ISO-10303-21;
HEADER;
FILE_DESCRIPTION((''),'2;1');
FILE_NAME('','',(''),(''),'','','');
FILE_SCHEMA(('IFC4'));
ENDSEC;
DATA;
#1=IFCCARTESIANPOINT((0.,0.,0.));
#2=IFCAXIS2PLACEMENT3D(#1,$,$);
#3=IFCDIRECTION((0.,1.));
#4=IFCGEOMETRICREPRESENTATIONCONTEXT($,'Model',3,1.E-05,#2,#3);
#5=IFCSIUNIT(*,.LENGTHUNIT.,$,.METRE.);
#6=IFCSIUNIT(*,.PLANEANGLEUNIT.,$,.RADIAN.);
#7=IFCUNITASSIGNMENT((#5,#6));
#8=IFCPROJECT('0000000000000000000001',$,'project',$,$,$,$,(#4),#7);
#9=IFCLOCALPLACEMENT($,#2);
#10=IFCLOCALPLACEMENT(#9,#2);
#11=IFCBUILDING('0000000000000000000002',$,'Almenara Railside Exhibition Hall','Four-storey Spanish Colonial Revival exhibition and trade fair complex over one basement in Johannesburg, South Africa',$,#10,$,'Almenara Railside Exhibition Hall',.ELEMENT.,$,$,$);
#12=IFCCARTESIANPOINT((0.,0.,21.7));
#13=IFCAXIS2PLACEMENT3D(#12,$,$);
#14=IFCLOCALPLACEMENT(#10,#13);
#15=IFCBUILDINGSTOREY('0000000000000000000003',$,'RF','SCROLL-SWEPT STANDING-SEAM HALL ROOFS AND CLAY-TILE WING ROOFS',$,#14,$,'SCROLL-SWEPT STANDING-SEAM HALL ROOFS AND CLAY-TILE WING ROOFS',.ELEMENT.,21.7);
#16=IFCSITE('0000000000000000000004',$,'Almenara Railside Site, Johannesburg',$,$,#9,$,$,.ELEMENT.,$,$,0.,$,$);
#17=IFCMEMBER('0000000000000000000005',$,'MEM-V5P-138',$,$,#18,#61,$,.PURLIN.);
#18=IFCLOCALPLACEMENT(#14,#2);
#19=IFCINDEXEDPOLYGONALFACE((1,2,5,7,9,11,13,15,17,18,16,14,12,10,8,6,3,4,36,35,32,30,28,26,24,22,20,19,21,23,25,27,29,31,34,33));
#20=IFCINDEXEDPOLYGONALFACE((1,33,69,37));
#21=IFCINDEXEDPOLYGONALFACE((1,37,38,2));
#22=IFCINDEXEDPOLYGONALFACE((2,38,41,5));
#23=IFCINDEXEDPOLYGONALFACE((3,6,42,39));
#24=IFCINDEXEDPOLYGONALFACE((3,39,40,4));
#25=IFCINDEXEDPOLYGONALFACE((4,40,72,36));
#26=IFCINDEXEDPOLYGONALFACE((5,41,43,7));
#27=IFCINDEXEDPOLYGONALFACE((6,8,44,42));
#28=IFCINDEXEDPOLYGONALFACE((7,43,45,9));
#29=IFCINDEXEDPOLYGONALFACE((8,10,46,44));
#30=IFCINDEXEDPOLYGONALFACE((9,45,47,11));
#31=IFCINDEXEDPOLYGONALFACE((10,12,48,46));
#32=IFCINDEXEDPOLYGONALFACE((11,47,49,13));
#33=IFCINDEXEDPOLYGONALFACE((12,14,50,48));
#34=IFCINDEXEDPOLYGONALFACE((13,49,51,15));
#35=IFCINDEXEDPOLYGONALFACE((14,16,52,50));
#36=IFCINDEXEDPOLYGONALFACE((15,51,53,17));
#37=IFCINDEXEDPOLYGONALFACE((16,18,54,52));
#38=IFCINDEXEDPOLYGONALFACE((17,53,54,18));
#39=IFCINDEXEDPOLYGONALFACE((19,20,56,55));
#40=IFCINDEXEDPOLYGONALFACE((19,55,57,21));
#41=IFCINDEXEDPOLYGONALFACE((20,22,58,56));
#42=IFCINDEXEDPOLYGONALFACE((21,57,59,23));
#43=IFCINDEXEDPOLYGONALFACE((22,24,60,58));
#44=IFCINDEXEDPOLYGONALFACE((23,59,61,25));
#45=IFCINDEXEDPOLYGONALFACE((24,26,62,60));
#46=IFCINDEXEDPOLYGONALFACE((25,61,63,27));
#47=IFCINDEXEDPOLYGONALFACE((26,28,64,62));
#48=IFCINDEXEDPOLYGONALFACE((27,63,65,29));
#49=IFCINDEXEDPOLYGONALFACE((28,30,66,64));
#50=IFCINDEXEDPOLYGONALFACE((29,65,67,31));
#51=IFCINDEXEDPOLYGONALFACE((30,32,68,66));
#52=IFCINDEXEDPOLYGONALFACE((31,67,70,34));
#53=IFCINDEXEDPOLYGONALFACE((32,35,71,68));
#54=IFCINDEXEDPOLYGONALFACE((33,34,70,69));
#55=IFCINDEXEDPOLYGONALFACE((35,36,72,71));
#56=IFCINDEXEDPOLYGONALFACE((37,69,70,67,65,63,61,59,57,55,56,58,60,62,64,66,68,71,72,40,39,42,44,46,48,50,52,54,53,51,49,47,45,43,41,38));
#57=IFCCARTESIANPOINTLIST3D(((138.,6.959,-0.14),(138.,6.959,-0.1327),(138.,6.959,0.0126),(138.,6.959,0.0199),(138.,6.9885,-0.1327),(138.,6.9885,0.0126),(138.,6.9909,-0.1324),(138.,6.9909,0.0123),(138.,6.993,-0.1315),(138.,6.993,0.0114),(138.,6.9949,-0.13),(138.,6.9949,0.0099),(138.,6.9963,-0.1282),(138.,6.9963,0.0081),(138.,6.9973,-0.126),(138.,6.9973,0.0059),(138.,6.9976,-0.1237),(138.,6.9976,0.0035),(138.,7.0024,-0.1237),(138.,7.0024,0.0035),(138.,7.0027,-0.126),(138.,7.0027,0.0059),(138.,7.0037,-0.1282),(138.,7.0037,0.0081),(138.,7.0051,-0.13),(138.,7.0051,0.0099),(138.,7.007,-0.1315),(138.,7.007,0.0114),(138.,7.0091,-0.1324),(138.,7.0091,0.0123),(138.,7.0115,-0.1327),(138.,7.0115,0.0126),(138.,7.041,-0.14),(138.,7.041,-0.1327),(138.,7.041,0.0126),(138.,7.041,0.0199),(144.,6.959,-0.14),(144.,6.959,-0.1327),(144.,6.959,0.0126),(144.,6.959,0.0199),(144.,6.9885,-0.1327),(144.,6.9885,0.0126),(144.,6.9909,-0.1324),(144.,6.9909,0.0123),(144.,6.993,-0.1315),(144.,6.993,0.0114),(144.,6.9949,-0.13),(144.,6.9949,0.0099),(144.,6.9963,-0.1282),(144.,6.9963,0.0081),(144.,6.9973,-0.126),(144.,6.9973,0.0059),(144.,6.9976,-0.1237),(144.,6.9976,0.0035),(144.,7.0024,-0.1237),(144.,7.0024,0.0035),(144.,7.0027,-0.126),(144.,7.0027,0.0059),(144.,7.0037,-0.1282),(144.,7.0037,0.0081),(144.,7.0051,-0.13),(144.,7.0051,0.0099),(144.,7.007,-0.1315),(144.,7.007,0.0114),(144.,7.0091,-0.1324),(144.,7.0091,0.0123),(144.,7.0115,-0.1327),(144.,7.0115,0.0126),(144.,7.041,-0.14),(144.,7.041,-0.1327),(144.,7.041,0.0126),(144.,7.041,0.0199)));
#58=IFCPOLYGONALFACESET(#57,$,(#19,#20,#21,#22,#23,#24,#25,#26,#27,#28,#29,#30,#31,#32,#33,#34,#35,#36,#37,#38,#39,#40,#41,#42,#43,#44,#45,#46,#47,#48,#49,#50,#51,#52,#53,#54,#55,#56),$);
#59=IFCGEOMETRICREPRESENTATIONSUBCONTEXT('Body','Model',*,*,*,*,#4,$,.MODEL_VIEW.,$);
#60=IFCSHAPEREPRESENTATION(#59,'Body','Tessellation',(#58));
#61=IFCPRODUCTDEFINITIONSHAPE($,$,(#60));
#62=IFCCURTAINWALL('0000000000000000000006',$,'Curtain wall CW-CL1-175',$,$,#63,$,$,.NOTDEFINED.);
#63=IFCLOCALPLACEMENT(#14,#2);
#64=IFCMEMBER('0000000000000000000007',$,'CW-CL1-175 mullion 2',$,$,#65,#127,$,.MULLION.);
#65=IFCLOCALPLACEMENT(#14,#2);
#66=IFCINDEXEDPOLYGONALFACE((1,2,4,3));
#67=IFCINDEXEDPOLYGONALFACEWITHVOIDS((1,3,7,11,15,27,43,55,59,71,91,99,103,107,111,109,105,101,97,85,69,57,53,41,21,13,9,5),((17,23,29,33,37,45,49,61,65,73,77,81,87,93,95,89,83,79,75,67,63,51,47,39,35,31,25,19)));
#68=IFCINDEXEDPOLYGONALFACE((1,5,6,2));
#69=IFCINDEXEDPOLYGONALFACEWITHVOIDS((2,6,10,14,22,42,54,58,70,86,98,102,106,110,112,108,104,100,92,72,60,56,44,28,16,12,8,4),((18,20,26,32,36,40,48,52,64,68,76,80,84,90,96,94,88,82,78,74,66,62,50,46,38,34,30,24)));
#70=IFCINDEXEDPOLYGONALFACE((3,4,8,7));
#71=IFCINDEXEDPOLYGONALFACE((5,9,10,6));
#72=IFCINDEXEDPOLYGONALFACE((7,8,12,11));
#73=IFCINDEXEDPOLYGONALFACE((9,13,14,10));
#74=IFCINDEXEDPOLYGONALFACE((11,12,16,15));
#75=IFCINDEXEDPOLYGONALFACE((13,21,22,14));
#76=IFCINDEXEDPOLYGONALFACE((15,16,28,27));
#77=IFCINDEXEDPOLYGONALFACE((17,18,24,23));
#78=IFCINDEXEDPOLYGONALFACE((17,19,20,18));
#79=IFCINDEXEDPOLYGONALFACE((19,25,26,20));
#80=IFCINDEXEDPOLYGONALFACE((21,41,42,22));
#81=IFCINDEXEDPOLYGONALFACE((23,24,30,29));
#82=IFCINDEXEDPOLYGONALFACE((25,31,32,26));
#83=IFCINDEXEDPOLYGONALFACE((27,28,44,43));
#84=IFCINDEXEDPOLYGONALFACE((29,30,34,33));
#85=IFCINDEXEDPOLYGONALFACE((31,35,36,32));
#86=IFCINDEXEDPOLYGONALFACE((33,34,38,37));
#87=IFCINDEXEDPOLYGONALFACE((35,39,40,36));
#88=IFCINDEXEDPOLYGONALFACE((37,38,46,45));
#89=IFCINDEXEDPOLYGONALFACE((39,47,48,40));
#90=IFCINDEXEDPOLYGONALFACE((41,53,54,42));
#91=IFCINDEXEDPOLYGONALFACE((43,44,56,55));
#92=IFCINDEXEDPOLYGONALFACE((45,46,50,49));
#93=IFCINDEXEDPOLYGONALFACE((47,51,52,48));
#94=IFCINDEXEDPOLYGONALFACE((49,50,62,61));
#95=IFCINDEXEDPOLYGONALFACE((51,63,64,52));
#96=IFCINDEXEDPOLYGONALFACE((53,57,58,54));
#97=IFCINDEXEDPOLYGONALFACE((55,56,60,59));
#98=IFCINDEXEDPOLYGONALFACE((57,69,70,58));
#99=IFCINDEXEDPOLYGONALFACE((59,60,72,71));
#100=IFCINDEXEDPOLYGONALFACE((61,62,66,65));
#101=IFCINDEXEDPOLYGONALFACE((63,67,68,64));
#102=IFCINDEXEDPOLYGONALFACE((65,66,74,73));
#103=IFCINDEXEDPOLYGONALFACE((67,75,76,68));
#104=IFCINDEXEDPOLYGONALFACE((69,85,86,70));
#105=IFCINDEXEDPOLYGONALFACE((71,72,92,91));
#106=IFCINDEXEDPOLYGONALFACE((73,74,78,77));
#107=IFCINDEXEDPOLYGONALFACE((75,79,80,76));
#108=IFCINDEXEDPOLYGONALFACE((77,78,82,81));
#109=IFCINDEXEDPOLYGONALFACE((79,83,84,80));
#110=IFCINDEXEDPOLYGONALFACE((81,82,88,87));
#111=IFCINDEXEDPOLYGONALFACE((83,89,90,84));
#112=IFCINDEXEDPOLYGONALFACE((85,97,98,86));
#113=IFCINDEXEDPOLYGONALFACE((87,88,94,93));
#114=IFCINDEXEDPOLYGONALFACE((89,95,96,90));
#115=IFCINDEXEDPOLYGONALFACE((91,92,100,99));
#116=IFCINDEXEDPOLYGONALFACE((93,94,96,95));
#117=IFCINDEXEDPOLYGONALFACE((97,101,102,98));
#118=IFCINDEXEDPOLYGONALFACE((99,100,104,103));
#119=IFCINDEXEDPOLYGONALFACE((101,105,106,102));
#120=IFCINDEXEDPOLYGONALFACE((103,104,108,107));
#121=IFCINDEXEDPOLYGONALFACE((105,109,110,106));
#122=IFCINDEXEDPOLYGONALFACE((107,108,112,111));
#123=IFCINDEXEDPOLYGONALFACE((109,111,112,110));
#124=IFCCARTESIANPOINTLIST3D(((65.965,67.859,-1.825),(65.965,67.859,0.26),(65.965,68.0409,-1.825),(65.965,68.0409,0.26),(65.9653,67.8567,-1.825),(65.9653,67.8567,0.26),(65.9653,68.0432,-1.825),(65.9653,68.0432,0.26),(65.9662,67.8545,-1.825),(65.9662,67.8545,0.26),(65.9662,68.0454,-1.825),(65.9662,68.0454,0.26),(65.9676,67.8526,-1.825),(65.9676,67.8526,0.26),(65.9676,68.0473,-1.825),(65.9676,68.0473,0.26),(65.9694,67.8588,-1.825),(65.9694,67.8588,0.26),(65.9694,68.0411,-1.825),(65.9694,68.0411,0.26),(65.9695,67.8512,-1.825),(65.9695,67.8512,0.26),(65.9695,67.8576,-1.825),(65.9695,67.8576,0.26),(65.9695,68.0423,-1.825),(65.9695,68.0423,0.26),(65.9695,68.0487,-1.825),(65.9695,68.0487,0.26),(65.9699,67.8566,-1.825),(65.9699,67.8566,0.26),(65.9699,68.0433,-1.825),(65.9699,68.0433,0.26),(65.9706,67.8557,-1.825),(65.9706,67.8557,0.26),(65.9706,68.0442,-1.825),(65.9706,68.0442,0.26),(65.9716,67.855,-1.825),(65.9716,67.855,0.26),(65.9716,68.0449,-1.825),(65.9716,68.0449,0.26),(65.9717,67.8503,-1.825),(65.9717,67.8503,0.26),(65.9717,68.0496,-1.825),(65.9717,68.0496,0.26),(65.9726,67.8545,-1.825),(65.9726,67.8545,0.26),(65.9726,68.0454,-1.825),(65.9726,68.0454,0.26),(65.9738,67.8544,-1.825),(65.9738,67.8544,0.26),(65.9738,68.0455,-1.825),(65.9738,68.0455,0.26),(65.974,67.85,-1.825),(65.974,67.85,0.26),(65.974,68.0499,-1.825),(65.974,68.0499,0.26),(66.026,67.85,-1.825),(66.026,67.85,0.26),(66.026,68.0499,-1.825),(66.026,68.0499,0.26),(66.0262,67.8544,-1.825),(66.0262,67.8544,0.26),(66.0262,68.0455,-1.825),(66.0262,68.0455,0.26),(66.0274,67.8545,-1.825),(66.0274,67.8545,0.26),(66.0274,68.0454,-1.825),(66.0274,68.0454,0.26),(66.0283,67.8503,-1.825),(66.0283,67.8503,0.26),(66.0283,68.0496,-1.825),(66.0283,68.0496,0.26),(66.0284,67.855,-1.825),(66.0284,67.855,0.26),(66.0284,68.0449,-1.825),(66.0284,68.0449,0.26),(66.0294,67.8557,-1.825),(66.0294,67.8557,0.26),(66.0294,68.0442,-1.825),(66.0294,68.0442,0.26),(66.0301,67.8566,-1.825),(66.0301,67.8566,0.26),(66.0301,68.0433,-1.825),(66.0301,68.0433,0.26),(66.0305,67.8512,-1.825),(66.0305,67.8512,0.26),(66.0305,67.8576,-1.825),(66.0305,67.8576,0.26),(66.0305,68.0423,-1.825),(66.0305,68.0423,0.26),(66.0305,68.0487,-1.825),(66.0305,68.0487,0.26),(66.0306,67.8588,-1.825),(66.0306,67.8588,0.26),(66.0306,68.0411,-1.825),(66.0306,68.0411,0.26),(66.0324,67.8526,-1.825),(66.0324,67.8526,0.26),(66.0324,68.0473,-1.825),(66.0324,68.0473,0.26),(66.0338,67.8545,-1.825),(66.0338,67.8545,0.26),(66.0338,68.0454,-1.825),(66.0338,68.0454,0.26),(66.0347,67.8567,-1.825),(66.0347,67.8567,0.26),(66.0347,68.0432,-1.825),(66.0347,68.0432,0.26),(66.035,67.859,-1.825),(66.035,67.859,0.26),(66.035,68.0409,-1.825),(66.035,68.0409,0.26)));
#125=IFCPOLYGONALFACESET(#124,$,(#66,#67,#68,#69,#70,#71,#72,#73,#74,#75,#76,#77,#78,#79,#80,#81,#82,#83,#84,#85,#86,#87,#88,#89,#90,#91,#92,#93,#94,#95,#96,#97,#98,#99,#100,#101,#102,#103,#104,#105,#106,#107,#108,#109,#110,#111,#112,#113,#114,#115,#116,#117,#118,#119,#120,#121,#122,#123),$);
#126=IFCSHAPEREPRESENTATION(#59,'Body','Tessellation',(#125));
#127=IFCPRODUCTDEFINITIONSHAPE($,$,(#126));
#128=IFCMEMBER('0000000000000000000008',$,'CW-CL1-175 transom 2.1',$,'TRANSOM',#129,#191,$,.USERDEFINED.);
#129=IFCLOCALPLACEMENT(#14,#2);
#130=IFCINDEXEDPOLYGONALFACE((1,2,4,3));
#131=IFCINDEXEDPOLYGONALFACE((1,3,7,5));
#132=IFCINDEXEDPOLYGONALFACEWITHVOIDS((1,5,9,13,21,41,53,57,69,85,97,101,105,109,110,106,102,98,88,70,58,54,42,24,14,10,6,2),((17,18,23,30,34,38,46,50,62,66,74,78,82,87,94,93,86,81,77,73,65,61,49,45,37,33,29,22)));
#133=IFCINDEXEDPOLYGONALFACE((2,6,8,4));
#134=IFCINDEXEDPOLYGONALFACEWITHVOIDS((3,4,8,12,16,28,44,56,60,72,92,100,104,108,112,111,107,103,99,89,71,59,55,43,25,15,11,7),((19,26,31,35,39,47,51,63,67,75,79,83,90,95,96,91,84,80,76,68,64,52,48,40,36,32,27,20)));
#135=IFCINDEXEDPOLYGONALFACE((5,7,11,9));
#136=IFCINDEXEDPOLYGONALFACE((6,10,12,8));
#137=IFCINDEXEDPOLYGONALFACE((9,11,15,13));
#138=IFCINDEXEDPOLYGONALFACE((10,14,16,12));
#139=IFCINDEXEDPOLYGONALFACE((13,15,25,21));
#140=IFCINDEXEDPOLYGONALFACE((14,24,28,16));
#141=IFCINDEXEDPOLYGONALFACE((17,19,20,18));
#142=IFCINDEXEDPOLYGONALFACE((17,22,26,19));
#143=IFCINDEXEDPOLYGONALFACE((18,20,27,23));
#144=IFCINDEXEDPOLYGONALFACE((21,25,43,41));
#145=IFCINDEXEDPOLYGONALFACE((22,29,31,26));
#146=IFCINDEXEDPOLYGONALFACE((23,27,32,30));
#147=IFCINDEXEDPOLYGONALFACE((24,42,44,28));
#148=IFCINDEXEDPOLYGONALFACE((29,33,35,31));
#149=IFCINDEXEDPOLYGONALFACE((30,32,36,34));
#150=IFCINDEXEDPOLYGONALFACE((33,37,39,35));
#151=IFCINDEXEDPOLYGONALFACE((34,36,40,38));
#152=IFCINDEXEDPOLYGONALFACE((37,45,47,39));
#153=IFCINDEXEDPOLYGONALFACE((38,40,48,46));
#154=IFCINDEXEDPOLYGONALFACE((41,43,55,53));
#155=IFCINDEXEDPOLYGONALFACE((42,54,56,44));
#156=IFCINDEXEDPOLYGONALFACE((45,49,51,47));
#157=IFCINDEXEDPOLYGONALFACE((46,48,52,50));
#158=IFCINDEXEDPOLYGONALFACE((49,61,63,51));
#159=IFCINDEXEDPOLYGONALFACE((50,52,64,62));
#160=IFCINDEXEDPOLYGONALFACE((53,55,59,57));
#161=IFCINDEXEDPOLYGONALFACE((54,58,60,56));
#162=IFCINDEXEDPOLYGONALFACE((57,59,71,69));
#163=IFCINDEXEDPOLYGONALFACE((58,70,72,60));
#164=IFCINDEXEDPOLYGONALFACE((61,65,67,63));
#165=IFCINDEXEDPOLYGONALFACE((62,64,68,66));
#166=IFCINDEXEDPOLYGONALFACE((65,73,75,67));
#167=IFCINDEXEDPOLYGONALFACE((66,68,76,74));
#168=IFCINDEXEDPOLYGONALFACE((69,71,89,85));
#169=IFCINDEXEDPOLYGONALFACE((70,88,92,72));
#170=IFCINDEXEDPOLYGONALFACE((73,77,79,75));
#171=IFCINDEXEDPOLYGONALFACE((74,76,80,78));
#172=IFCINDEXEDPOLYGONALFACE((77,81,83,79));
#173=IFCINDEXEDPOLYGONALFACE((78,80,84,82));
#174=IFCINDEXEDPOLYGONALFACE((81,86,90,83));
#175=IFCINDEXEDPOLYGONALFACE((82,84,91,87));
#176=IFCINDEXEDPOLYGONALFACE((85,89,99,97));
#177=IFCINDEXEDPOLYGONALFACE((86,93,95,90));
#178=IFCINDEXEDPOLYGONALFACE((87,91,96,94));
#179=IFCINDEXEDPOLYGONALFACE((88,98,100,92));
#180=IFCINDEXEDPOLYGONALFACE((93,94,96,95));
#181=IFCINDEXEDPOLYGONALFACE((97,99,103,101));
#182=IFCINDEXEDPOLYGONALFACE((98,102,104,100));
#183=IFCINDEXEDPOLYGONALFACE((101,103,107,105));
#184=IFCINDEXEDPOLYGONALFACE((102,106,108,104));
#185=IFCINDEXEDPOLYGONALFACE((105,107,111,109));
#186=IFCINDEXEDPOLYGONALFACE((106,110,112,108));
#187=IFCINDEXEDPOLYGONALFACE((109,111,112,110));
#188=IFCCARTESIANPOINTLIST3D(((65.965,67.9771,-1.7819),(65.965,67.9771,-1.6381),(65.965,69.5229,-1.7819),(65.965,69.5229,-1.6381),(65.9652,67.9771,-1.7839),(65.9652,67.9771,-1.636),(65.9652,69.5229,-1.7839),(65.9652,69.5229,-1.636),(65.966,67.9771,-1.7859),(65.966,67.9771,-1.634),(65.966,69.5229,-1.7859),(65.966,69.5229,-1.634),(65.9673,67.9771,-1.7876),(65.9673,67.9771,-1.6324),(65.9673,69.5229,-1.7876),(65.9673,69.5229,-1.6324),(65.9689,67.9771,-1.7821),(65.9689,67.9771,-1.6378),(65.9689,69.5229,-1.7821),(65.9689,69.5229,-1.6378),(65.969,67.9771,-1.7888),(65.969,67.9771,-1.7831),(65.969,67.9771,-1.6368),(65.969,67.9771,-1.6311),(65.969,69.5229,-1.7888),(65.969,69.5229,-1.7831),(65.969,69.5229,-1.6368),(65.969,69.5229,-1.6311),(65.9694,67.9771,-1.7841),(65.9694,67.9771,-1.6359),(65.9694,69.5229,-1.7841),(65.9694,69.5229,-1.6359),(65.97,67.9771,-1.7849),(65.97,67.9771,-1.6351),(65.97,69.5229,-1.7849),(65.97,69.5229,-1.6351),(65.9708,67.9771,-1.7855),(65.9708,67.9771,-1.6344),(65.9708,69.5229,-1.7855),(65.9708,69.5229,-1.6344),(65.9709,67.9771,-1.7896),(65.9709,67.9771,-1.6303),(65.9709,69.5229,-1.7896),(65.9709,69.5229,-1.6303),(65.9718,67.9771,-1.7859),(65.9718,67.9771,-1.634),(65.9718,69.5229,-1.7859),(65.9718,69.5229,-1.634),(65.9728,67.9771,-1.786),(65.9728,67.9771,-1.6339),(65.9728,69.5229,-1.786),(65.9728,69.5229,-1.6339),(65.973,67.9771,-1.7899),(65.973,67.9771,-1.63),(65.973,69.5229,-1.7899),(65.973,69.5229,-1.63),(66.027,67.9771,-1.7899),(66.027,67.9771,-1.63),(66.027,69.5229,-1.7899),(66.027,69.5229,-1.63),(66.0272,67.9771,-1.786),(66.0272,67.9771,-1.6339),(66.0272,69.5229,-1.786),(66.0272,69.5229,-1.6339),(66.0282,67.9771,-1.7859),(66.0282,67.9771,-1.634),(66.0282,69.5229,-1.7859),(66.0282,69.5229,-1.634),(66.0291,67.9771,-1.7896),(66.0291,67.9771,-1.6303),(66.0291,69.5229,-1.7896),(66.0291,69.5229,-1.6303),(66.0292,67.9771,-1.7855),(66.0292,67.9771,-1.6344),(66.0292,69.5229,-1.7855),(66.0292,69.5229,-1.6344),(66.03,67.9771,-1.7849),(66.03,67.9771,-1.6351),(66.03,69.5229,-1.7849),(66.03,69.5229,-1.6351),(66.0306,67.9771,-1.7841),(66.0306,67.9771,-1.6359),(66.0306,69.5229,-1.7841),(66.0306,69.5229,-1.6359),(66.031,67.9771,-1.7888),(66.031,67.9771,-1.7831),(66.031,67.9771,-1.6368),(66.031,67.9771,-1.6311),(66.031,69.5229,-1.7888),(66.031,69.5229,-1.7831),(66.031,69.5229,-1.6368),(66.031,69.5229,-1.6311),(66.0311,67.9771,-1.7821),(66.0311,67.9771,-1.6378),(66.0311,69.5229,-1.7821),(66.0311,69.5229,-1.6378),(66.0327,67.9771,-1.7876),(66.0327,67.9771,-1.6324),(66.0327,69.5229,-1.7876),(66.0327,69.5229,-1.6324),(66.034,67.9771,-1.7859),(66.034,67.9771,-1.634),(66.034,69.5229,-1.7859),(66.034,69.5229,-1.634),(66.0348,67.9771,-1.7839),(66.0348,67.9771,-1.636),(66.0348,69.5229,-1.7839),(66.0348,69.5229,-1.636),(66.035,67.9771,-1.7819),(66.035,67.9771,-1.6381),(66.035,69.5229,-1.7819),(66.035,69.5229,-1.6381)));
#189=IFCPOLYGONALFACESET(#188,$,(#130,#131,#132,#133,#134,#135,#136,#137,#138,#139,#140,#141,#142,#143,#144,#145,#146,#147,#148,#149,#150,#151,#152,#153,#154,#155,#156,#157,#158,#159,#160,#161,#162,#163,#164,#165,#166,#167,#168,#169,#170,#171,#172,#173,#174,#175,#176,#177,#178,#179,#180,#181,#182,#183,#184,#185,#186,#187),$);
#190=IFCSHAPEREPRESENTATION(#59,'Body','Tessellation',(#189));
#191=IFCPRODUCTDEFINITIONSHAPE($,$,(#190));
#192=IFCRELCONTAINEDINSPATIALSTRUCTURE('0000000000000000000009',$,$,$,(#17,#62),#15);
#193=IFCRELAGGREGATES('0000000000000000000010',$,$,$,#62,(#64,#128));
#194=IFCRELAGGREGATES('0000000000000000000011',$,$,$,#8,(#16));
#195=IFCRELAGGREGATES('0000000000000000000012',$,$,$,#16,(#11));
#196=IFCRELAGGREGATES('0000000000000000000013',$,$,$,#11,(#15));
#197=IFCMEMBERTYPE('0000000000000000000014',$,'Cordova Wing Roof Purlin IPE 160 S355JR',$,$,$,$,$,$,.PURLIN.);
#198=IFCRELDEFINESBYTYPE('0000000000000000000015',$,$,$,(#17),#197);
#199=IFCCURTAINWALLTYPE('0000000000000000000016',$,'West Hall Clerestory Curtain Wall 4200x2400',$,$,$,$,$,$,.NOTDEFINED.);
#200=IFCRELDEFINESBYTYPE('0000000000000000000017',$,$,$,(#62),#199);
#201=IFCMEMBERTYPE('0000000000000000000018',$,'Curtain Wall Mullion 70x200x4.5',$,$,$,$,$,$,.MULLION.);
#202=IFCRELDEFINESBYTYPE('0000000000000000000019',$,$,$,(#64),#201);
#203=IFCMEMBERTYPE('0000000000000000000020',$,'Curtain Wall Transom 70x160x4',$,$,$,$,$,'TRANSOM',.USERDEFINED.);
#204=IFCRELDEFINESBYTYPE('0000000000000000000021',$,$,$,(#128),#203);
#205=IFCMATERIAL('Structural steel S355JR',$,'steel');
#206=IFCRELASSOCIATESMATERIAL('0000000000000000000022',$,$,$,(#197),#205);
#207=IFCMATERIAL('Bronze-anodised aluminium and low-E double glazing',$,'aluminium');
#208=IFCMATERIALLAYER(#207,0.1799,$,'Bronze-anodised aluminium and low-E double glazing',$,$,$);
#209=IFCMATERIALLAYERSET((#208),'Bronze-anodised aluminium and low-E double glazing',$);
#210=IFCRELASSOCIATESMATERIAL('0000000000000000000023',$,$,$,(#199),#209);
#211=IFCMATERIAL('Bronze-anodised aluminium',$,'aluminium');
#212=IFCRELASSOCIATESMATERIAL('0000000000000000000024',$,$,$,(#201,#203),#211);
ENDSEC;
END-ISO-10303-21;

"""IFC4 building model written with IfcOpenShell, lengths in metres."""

from ifc_helpers import new_model, si_unit, direction, frame, origin, origin_2d, place, context, subcontext, project, spatial, hollow_rectangle, i_section, extrude, material, layer, layer_set, material_profile, profile_set, type_object, element, aggregate, save


model = new_model("IFC4")

# Units and contexts
model_context = context("Model", 3, precision=1e-05, world=origin(), true_north=direction((0.0, 1.0)))
body_context = subcontext(model_context, "Body", "Model", "MODEL_VIEW")
ifc_project = project(units=[si_unit("LENGTHUNIT", "METRE"), si_unit("PLANEANGLEUNIT", "RADIAN")], contexts=[model_context])

# Site, building, storey
site_placement = place(None, origin())
site = spatial("IfcSite", under=ifc_project, at=site_placement, Name="Almenara Railside Site, Johannesburg", CompositionType="ELEMENT", RefElevation=0.0)
building_placement = place(site_placement, origin())
building = spatial("IfcBuilding", under=site, at=building_placement, Name="Almenara Railside Exhibition Hall", Description="Four-storey Spanish Colonial Revival exhibition and trade fair complex over one basement in Johannesburg, South Africa", LongName="Almenara Railside Exhibition Hall", CompositionType="ELEMENT")
storey_placement = place(building_placement, frame((0.0, 0.0, 21.7)))
storey = spatial("IfcBuildingStorey", under=building, at=storey_placement, Name="RF", Description="SCROLL-SWEPT STANDING-SEAM HALL ROOFS AND CLAY-TILE WING ROOFS", LongName="SCROLL-SWEPT STANDING-SEAM HALL ROOFS AND CLAY-TILE WING ROOFS", CompositionType="ELEMENT", Elevation=21.7)

# Shared definitions
ifc_material_1 = material(Name="Structural steel S355JR", Category="steel")

# Member
ifc_material_profile_1 = material_profile(ifc_material_1, i_section(OverallWidth=0.082, OverallDepth=0.1599, WebThickness=0.0049, FlangeThickness=0.0073, FilletRadius=0.009, at=origin_2d()), Name="IPE 160")
ifc_profile_set_1 = profile_set([ifc_material_profile_1], Name="Structural steel S355JR")
member_type_1 = type_object("IfcMemberType", Name="Cordova Wing Roof Purlin IPE 160 S355JR", PredefinedType="PURLIN", material=ifc_profile_set_1)
for number, where, z_axis, x_axis, name in (
    (1, (138.0, 7.0, -0.0601), (1.0, 0.0, 0.0), (0.0, 1.0, 0.0), "MEM-V5P-138"),
):
    element("IfcMember", number, at=place(storey_placement, frame(where, z_axis=z_axis, x_axis=x_axis)), inside=storey, type_object=member_type_1, Name=name, PredefinedType="PURLIN", context=body_context, shape_type="SweptSolid", body=[
        extrude(i_section(OverallWidth=0.082, OverallDepth=0.1599, WebThickness=0.0049, FlangeThickness=0.0073, FilletRadius=0.009, at=origin_2d()), origin(), (0.0, 0.0, 1.0), 6.0),
    ])

# Curtain wall, members
ifc_material_2 = material(Name="Bronze-anodised aluminium and low-E double glazing", Category="aluminium")
ifc_layer_1 = layer(ifc_material_2, 0.1799, Name="Bronze-anodised aluminium and low-E double glazing")
ifc_layer_set_1 = layer_set([ifc_layer_1], Name="Bronze-anodised aluminium and low-E double glazing")
curtain_wall_type = type_object("IfcCurtainWallType", Name="West Hall Clerestory Curtain Wall 4200x2400", PredefinedType="NOTDEFINED", material=ifc_layer_set_1)
curtain_wall_placement = place(storey_placement, origin())
curtain_wall = element("IfcCurtainWall", 2, at=curtain_wall_placement, inside=storey, type_object=curtain_wall_type, Name="Curtain wall CW-CL1-175", PredefinedType="NOTDEFINED")
ifc_material_3 = material(Name="Bronze-anodised aluminium", Category="aluminium")
ifc_material_profile_2 = material_profile(ifc_material_3, hollow_rectangle(XDim=0.0701, YDim=0.2, WallThickness=0.0044, InnerFilletRadius=0.0044, OuterFilletRadius=0.009, at=origin_2d()), Name="ALU-MUL 70x200x4.5")
ifc_profile_set_2 = profile_set([ifc_material_profile_2], Name="Bronze-anodised aluminium")
member_type_2 = type_object("IfcMemberType", Name="Curtain Wall Mullion 70x200x4.5", PredefinedType="MULLION", material=ifc_profile_set_2)
member_1_placement = place(storey_placement, frame((66.0, 67.95, -1.825), z_axis=(0.0, 0.0, 1.0), x_axis=(-1.0, 0.0, 0.0)))
member_1 = element("IfcMember", 3, at=member_1_placement, type_object=member_type_2, Name="CW-CL1-175 mullion 2", PredefinedType="MULLION", context=body_context, shape_type="SweptSolid", body=[
    extrude(hollow_rectangle(XDim=0.0701, YDim=0.2, WallThickness=0.0044, InnerFilletRadius=0.0044, OuterFilletRadius=0.009, at=origin_2d()), origin(), (0.0, 0.0, 1.0), 2.085),
])
ifc_material_profile_3 = material_profile(ifc_material_3, hollow_rectangle(XDim=0.0701, YDim=0.1599, WallThickness=0.0039, InnerFilletRadius=0.0039, OuterFilletRadius=0.0081, at=origin_2d()), Name="ALU-TRN 70x160x4")
ifc_profile_set_3 = profile_set([ifc_material_profile_3], Name="Bronze-anodised aluminium")
member_type_3 = type_object("IfcMemberType", Name="Curtain Wall Transom 70x160x4", ElementType="TRANSOM", PredefinedType="USERDEFINED", material=ifc_profile_set_3)
member_2_placement = place(storey_placement, frame((66.0, 67.9771, -1.71), z_axis=(0.0, 1.0, 0.0), x_axis=(-1.0, 0.0, 0.0)))
member_2 = element("IfcMember", 4, at=member_2_placement, type_object=member_type_3, Name="CW-CL1-175 transom 2.1", ObjectType="TRANSOM", PredefinedType="USERDEFINED", context=body_context, shape_type="SweptSolid", body=[
    extrude(hollow_rectangle(XDim=0.0701, YDim=0.1599, WallThickness=0.0039, InnerFilletRadius=0.0039, OuterFilletRadius=0.0081, at=origin_2d()), origin(), (0.0, 0.0, 1.0), 1.5459),
])

aggregate(curtain_wall, [member_1, member_2])

save(model, "model.ifc")
